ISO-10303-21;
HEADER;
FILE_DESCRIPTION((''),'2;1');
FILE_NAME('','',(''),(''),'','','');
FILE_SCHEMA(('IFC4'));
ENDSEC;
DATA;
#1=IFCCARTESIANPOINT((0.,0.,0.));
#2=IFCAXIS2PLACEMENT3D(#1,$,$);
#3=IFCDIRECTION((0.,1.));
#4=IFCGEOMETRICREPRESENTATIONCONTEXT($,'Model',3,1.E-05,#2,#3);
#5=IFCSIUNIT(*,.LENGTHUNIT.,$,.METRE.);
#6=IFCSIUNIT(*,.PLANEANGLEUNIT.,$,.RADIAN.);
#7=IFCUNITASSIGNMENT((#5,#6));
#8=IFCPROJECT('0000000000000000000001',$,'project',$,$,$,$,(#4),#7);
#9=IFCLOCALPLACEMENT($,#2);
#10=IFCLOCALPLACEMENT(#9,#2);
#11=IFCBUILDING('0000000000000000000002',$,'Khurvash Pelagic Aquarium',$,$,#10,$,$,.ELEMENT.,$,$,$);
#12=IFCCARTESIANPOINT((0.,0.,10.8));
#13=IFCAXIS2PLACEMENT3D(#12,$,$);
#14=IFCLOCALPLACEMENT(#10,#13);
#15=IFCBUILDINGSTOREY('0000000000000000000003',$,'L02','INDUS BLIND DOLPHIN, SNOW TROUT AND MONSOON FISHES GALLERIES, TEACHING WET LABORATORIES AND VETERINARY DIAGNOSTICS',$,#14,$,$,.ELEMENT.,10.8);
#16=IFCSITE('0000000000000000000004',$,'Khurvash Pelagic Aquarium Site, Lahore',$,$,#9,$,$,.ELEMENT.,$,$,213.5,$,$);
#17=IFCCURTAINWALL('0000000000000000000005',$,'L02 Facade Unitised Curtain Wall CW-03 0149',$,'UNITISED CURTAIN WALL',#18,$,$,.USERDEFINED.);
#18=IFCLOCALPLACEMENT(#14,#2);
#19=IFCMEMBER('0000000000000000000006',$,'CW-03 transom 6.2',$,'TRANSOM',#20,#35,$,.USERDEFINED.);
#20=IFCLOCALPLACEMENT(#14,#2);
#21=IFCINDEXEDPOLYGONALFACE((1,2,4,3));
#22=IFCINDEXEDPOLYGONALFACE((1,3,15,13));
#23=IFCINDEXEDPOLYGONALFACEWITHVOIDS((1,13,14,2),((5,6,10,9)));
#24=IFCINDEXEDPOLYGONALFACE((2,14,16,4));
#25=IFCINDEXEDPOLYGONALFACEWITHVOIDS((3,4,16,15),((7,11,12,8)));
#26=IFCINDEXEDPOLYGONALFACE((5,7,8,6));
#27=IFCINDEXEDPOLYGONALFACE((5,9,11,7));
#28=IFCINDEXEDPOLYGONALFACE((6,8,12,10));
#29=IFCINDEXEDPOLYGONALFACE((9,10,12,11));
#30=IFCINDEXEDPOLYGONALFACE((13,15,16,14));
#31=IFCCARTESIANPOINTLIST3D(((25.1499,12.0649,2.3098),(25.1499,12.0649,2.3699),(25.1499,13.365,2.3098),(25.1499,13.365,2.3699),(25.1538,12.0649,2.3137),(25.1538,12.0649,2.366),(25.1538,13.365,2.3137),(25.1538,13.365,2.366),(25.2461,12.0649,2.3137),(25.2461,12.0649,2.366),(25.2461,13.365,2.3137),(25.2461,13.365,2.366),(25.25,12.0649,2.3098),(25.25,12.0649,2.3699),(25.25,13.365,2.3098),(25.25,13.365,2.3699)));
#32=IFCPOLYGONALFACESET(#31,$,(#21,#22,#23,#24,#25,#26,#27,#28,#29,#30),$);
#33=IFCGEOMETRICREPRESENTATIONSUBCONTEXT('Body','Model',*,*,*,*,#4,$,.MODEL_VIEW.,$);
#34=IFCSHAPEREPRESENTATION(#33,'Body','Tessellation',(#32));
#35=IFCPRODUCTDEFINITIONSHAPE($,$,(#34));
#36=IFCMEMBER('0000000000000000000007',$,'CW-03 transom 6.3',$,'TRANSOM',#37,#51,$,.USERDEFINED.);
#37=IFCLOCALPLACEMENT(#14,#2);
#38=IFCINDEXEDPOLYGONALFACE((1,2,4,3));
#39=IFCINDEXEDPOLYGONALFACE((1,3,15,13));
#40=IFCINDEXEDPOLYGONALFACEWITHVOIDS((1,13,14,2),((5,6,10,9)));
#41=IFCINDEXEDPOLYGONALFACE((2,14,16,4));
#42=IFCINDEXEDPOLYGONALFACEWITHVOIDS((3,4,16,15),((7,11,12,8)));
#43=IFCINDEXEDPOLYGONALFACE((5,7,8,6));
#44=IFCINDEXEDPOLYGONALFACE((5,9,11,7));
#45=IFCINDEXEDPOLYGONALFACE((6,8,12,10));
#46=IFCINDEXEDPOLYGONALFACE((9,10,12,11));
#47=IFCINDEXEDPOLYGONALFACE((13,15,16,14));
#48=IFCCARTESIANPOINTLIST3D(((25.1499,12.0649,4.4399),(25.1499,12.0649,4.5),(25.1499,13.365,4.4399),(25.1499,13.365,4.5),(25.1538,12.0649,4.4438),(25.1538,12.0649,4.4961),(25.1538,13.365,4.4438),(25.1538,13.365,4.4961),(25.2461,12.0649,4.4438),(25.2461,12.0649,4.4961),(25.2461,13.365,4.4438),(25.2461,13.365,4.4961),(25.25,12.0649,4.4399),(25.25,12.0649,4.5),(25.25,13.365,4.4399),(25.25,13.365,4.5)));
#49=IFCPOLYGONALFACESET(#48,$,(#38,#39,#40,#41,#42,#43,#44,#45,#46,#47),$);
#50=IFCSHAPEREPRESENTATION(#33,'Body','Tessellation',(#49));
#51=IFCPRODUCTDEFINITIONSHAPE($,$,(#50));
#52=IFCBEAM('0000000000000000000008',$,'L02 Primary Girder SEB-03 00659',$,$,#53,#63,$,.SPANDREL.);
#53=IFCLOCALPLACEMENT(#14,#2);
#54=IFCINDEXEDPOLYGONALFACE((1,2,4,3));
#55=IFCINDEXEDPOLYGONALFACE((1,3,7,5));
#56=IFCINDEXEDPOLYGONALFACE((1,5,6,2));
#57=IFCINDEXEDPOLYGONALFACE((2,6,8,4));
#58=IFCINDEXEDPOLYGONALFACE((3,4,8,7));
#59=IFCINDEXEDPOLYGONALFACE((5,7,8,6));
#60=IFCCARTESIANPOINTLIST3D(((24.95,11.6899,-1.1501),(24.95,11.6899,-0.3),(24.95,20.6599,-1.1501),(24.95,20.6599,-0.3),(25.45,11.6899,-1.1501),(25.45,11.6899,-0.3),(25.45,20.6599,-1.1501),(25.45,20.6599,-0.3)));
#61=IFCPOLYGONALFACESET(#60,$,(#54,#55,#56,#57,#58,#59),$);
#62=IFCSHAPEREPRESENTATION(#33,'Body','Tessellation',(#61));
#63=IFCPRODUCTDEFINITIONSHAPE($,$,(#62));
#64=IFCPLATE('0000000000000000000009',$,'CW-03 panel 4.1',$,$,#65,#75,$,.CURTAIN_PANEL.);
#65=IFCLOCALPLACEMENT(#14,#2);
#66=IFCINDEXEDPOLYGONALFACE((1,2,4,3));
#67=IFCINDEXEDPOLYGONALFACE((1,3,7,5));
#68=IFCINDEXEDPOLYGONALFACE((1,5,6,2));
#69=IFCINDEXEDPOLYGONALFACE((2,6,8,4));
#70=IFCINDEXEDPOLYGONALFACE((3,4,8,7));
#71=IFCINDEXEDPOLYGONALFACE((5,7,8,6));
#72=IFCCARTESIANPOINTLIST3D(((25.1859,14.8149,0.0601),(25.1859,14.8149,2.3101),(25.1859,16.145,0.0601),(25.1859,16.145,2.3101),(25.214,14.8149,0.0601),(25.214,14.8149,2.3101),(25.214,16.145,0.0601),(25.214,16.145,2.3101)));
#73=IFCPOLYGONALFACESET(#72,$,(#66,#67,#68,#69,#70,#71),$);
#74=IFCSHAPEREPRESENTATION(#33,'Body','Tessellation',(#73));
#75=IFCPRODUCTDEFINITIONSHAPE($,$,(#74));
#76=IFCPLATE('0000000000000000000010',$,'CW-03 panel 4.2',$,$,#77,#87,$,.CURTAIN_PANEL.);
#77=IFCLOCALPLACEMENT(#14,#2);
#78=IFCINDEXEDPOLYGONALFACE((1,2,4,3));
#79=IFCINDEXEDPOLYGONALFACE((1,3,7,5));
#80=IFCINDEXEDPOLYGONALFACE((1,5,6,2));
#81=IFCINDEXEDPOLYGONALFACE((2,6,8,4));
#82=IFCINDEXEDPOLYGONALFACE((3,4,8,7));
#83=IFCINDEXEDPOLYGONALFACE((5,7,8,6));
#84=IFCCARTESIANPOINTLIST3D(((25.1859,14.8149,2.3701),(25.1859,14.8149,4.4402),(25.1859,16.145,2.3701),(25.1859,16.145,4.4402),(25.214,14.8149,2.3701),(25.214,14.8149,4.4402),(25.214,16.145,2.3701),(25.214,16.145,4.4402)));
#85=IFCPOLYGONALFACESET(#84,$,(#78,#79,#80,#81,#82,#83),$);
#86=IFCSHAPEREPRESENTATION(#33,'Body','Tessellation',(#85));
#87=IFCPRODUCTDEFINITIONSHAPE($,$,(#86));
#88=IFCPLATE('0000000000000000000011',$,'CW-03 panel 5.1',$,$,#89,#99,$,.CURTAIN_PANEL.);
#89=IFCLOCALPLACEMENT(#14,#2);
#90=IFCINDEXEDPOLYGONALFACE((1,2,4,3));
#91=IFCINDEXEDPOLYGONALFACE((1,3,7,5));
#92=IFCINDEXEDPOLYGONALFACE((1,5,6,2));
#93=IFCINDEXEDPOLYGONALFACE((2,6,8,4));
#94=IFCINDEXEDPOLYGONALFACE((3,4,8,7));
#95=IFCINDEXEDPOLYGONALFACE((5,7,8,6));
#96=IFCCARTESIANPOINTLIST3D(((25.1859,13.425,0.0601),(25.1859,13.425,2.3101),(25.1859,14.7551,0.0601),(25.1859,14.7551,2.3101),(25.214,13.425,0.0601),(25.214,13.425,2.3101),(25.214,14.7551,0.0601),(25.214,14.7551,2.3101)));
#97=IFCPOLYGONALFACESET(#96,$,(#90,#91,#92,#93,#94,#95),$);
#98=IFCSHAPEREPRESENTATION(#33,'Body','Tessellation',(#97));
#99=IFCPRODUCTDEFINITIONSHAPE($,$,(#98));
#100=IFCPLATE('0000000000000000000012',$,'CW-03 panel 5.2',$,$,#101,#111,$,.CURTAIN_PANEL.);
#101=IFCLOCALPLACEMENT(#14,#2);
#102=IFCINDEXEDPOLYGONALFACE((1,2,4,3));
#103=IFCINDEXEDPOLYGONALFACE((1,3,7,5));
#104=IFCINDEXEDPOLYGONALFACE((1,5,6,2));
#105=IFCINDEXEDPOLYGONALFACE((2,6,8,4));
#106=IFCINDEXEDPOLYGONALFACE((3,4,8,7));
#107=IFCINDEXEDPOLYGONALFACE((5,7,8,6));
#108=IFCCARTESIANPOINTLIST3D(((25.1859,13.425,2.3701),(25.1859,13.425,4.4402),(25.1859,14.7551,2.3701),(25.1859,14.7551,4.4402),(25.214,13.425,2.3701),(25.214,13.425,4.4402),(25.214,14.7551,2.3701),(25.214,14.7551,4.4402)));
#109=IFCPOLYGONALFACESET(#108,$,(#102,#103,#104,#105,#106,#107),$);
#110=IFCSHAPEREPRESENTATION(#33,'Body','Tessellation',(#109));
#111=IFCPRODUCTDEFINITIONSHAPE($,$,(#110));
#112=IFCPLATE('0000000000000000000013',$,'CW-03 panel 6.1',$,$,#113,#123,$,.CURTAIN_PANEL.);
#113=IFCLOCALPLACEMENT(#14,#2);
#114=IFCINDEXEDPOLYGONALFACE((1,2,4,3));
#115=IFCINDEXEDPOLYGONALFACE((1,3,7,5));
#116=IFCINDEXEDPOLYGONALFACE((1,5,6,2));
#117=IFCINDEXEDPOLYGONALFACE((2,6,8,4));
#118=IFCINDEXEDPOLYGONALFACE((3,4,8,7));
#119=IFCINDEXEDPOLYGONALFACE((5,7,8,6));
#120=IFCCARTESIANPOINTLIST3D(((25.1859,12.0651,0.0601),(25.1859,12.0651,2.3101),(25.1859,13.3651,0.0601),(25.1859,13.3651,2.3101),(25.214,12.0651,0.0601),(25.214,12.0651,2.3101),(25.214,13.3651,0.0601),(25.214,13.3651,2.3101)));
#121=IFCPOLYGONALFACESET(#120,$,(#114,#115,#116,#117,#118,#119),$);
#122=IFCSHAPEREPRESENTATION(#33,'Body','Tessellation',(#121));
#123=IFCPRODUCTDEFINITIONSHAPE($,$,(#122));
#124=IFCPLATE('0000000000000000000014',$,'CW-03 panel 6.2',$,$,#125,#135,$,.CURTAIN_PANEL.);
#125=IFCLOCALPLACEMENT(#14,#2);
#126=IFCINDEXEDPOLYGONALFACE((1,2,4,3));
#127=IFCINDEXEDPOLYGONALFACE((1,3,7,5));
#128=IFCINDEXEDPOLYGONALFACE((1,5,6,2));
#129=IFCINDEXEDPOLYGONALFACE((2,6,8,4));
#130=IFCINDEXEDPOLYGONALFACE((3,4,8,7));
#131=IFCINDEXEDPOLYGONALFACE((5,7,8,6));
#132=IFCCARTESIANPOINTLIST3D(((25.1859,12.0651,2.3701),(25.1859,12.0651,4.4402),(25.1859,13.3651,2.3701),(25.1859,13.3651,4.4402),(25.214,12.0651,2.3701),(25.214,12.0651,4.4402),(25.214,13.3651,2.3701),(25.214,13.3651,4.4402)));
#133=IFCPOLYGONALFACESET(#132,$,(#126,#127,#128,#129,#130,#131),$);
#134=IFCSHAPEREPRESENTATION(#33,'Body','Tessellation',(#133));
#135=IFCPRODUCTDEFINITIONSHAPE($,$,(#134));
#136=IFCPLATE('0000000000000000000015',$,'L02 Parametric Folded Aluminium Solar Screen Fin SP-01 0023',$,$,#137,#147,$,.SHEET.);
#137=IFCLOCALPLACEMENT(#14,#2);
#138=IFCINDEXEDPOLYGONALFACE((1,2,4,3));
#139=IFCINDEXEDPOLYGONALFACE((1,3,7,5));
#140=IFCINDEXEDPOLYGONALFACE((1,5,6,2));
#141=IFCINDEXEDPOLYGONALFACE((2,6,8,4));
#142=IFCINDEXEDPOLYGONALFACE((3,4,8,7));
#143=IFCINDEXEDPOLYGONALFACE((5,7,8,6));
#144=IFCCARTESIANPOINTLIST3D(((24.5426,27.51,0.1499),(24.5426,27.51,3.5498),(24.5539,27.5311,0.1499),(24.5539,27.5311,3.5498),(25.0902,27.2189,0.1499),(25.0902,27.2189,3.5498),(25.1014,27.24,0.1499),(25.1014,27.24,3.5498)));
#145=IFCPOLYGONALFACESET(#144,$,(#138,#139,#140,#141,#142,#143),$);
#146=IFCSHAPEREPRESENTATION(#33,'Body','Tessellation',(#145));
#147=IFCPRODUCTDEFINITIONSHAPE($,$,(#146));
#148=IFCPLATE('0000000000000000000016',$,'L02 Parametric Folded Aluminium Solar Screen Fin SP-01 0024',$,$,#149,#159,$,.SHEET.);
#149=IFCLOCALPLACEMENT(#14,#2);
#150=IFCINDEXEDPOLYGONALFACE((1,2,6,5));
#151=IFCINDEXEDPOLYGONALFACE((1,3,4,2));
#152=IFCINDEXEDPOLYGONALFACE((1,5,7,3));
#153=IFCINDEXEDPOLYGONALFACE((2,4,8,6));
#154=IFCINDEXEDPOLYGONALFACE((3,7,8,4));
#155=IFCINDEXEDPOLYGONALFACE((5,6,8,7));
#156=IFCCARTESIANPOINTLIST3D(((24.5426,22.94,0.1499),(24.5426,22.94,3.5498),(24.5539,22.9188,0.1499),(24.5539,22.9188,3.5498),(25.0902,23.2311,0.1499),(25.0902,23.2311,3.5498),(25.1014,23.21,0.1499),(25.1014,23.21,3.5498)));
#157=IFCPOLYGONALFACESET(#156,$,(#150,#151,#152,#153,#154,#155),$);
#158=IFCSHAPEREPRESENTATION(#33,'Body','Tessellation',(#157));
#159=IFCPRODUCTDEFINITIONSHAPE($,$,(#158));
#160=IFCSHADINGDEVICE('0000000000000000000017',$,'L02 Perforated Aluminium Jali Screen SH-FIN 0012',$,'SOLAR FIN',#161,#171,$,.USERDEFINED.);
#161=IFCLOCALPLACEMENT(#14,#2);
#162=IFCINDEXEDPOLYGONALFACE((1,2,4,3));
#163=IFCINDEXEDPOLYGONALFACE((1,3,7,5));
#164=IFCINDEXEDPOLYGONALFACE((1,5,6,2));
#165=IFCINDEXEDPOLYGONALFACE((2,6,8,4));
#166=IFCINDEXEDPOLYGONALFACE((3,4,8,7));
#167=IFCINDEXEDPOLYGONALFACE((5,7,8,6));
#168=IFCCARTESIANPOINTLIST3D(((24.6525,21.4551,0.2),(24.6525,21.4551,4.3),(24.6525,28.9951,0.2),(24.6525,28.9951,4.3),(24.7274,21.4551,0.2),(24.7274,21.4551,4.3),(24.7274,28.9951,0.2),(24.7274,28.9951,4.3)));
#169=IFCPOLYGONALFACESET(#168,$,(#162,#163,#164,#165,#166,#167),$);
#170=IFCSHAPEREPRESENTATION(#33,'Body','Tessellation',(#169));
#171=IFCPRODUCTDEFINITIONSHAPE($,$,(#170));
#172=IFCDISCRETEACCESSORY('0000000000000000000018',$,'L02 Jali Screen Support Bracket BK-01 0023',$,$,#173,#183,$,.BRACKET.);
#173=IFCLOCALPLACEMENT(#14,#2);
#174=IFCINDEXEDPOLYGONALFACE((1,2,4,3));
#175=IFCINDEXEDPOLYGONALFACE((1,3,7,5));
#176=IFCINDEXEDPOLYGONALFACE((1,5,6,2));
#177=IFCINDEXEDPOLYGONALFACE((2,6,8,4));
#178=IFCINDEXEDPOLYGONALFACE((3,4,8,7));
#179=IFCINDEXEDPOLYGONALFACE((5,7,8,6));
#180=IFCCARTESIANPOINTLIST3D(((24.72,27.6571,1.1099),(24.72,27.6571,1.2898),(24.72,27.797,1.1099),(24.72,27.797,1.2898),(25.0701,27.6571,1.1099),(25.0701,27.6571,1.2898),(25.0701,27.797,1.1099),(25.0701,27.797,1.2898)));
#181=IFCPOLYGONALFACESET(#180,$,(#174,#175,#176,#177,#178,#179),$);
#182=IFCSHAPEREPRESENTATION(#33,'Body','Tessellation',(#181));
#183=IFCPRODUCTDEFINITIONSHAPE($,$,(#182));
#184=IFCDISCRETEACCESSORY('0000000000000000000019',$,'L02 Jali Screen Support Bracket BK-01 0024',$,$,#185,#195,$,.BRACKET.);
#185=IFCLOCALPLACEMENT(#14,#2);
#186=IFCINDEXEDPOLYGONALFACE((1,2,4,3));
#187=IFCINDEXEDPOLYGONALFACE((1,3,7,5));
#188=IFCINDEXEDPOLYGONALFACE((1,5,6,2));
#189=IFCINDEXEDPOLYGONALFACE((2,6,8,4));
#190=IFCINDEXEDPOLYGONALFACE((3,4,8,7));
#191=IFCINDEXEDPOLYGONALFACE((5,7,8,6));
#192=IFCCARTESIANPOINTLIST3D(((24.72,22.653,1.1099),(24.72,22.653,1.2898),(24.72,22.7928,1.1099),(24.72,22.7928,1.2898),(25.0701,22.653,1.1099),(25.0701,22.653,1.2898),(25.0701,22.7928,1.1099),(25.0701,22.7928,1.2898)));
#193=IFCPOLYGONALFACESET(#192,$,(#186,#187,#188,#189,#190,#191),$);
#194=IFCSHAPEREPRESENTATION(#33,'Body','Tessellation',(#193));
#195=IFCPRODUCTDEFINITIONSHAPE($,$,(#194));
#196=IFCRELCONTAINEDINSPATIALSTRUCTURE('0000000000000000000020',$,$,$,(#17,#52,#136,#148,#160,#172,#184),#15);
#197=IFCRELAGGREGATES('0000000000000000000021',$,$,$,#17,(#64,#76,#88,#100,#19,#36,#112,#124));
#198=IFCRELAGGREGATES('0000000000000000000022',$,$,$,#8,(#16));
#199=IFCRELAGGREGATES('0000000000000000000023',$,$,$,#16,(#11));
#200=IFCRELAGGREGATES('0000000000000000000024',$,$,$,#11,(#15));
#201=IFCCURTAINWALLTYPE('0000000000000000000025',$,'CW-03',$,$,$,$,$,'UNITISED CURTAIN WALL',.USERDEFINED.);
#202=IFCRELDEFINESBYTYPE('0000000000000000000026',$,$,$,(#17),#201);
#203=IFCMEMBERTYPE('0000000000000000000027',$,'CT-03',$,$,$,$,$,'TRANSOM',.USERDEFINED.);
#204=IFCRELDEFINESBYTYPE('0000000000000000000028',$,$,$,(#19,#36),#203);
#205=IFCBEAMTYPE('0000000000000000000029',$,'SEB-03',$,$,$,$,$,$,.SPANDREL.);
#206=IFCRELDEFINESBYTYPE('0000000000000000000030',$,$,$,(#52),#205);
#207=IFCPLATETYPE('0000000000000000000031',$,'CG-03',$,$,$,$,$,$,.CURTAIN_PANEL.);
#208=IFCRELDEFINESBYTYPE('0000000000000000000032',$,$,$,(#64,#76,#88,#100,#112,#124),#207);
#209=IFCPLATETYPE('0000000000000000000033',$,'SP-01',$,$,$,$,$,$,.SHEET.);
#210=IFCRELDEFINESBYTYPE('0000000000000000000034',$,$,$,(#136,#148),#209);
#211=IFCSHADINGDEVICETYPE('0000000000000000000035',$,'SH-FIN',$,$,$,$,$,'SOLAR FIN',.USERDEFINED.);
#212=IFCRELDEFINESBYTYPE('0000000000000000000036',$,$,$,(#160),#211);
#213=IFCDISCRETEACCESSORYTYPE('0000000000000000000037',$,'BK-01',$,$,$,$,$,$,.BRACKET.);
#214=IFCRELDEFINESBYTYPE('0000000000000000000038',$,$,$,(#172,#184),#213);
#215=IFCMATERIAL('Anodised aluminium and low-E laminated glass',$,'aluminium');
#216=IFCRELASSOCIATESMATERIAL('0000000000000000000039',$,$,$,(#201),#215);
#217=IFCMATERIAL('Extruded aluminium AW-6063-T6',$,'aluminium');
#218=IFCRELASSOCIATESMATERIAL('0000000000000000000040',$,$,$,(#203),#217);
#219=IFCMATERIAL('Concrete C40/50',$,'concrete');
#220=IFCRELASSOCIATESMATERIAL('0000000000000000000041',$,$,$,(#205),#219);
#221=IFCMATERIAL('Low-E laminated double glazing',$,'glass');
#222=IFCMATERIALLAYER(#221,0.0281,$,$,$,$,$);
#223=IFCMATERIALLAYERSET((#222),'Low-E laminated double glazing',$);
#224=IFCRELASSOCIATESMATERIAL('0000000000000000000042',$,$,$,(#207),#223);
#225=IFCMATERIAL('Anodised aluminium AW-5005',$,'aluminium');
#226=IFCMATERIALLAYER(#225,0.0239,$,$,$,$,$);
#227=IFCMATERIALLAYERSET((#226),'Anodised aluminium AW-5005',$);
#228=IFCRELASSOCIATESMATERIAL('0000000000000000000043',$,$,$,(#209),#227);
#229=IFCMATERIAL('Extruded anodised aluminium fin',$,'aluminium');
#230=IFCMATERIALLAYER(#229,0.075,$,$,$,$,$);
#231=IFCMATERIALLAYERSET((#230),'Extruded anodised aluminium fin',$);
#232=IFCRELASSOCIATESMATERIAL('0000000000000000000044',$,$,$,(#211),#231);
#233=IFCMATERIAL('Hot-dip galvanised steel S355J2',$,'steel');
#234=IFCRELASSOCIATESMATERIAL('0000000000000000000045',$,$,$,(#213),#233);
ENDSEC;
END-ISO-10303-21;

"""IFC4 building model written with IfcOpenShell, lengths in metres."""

from ifc_helpers import new_model, si_unit, direction, frame, origin, origin_2d, place, context, subcontext, project, spatial, rectangle, hollow_rectangle, extrude, material, layer, layer_set, material_profile, profile_set, type_object, element, aggregate, save


model = new_model("IFC4")

# Units and contexts
model_context = context("Model", 3, precision=1e-05, world=origin(), true_north=direction((0.0, 1.0)))
body_context = subcontext(model_context, "Body", "Model", "MODEL_VIEW")
ifc_project = project(units=[si_unit("LENGTHUNIT", "METRE"), si_unit("PLANEANGLEUNIT", "RADIAN")], contexts=[model_context])

# Site, building, storey
site_placement = place(None, origin())
site = spatial("IfcSite", under=ifc_project, at=site_placement, Name="Khurvash Pelagic Aquarium Site, Lahore", CompositionType="ELEMENT", RefElevation=213.5)
building_placement = place(site_placement, origin())
building = spatial("IfcBuilding", under=site, at=building_placement, Name="Khurvash Pelagic Aquarium", CompositionType="ELEMENT")
storey_placement = place(building_placement, frame((0.0, 0.0, 10.8)))
storey = spatial("IfcBuildingStorey", under=building, at=storey_placement, Name="L02", Description="INDUS BLIND DOLPHIN, SNOW TROUT AND MONSOON FISHES GALLERIES, TEACHING WET LABORATORIES AND VETERINARY DIAGNOSTICS", CompositionType="ELEMENT", Elevation=10.8)

# Shared definitions
ifc_material_1 = material(Name="Concrete C40/50", Category="concrete")

# Curtain wall, members
ifc_material_2 = material(Name="Anodised aluminium and low-E laminated glass", Category="aluminium")
curtain_wall_type = type_object("IfcCurtainWallType", Name="CW-03", ElementType="UNITISED CURTAIN WALL", PredefinedType="USERDEFINED", material=ifc_material_2)
curtain_wall_placement = place(storey_placement, origin())
curtain_wall = element("IfcCurtainWall", 1, at=curtain_wall_placement, inside=storey, type_object=curtain_wall_type, Name="L02 Facade Unitised Curtain Wall CW-03 0149", ObjectType="UNITISED CURTAIN WALL", PredefinedType="USERDEFINED")
ifc_material_3 = material(Name="Extruded aluminium AW-6063-T6", Category="aluminium")
ifc_material_profile_1 = material_profile(ifc_material_3, hollow_rectangle(XDim=0.1001, YDim=0.0601, WallThickness=0.0039, at=origin_2d()), Name="CWT100X60X4")
ifc_profile_set_1 = profile_set([ifc_material_profile_1], Name="Extruded aluminium AW-6063-T6")
member_type_1 = type_object("IfcMemberType", Name="CT-03", ElementType="TRANSOM", PredefinedType="USERDEFINED", material=ifc_profile_set_1)
member_1_placement = place(storey_placement, frame((25.2, 13.365, 2.3398), z_axis=(0.0, -1.0, 0.0), x_axis=(1.0, 0.0, 0.0)))
member_1 = element("IfcMember", 2, at=member_1_placement, type_object=member_type_1, Name="CW-03 transom 6.2", ObjectType="TRANSOM", PredefinedType="USERDEFINED", context=body_context, shape_type="SweptSolid", body=[
    extrude(hollow_rectangle(XDim=0.1001, YDim=0.0601, WallThickness=0.0039, at=origin_2d()), origin(), (0.0, 0.0, 1.0), 1.3),
])
member_2_placement = place(storey_placement, frame((25.2, 13.365, 4.47), z_axis=(0.0, -1.0, 0.0), x_axis=(1.0, 0.0, 0.0)))
member_2 = element("IfcMember", 3, at=member_2_placement, type_object=member_type_1, Name="CW-03 transom 6.3", ObjectType="TRANSOM", PredefinedType="USERDEFINED", context=body_context, shape_type="SweptSolid", body=[
    extrude(hollow_rectangle(XDim=0.1001, YDim=0.0601, WallThickness=0.0039, at=origin_2d()), origin(), (0.0, 0.0, 1.0), 1.3),
])

# Beam
ifc_material_profile_2 = material_profile(ifc_material_1, rectangle(XDim=0.5, YDim=0.8501, at=origin_2d()), Name="RC500X850")
ifc_profile_set_2 = profile_set([ifc_material_profile_2], Name="Concrete C40/50")
beam_type = type_object("IfcBeamType", Name="SEB-03", PredefinedType="SPANDREL", material=ifc_profile_set_2)
beam_placement = place(storey_placement, frame((25.2, 11.6899, -0.7251), z_axis=(0.0, 1.0, 0.0), x_axis=(-1.0, 0.0, 0.0)))
element("IfcBeam", 4, at=beam_placement, inside=storey, type_object=beam_type, Name="L02 Primary Girder SEB-03 00659", PredefinedType="SPANDREL", context=body_context, shape_type="SweptSolid", body=[
    extrude(rectangle(XDim=0.5, YDim=0.8501, at=origin_2d()), origin(), (0.0, 0.0, 1.0), 8.97),
])

# Plates
ifc_material_4 = material(Name="Low-E laminated double glazing", Category="glass")
ifc_layer_1 = layer(ifc_material_4, 0.0281)
ifc_layer_set_1 = layer_set([ifc_layer_1], Name="Low-E laminated double glazing")
plate_type_1 = type_object("IfcPlateType", Name="CG-03", PredefinedType="CURTAIN_PANEL", material=ifc_layer_set_1)
plate_1_placement = place(storey_placement, frame((25.2, 15.48, 0.0601), z_axis=(0.0, 0.0, 1.0), x_axis=(0.0, -1.0, 0.0)))
plate_1 = element("IfcPlate", 5, at=plate_1_placement, type_object=plate_type_1, Name="CW-03 panel 4.1", PredefinedType="CURTAIN_PANEL", context=body_context, shape_type="SweptSolid", body=[
    extrude(rectangle(XDim=1.3301, YDim=0.0281, at=origin_2d()), origin(), (0.0, 0.0, 1.0), 2.25),
])
plate_2_placement = place(storey_placement, frame((25.2, 15.48, 2.3701), z_axis=(0.0, 0.0, 1.0), x_axis=(0.0, -1.0, 0.0)))
plate_2 = element("IfcPlate", 6, at=plate_2_placement, type_object=plate_type_1, Name="CW-03 panel 4.2", PredefinedType="CURTAIN_PANEL", context=body_context, shape_type="SweptSolid", body=[
    extrude(rectangle(XDim=1.3301, YDim=0.0281, at=origin_2d()), origin(), (0.0, 0.0, 1.0), 2.0701),
])
plate_3_placement = place(storey_placement, frame((25.2, 14.0901, 0.0601), z_axis=(0.0, 0.0, 1.0), x_axis=(0.0, -1.0, 0.0)))
plate_3 = element("IfcPlate", 7, at=plate_3_placement, type_object=plate_type_1, Name="CW-03 panel 5.1", PredefinedType="CURTAIN_PANEL", context=body_context, shape_type="SweptSolid", body=[
    extrude(rectangle(XDim=1.3301, YDim=0.0281, at=origin_2d()), origin(), (0.0, 0.0, 1.0), 2.25),
])
plate_4_placement = place(storey_placement, frame((25.2, 14.0901, 2.3701), z_axis=(0.0, 0.0, 1.0), x_axis=(0.0, -1.0, 0.0)))
plate_4 = element("IfcPlate", 8, at=plate_4_placement, type_object=plate_type_1, Name="CW-03 panel 5.2", PredefinedType="CURTAIN_PANEL", context=body_context, shape_type="SweptSolid", body=[
    extrude(rectangle(XDim=1.3301, YDim=0.0281, at=origin_2d()), origin(), (0.0, 0.0, 1.0), 2.0701),
])
plate_5_placement = place(storey_placement, frame((25.2, 12.7151, 0.0601), z_axis=(0.0, 0.0, 1.0), x_axis=(0.0, -1.0, 0.0)))
plate_5 = element("IfcPlate", 9, at=plate_5_placement, type_object=plate_type_1, Name="CW-03 panel 6.1", PredefinedType="CURTAIN_PANEL", context=body_context, shape_type="SweptSolid", body=[
    extrude(rectangle(XDim=1.3, YDim=0.0281, at=origin_2d()), origin(), (0.0, 0.0, 1.0), 2.25),
])
plate_6_placement = place(storey_placement, frame((25.2, 12.7151, 2.3701), z_axis=(0.0, 0.0, 1.0), x_axis=(0.0, -1.0, 0.0)))
plate_6 = element("IfcPlate", 10, at=plate_6_placement, type_object=plate_type_1, Name="CW-03 panel 6.2", PredefinedType="CURTAIN_PANEL", context=body_context, shape_type="SweptSolid", body=[
    extrude(rectangle(XDim=1.3, YDim=0.0281, at=origin_2d()), origin(), (0.0, 0.0, 1.0), 2.0701),
])
aggregate(curtain_wall, [plate_1, plate_2, plate_3, plate_4, member_1, member_2, plate_5, plate_6])

# Plates
ifc_material_5 = material(Name="Anodised aluminium AW-5005", Category="aluminium")
ifc_layer_2 = layer(ifc_material_5, 0.0239)
ifc_layer_set_2 = layer_set([ifc_layer_2], Name="Anodised aluminium AW-5005")
plate_type_2 = type_object("IfcPlateType", Name="SP-01", PredefinedType="SHEET", material=ifc_layer_set_2)
for number, where, z_axis, x_axis, name in (
    (11, (24.822, 27.375, 0.1499), (0.0, 0.0, 1.0), (-0.882948, 0.469472, 0.0), "L02 Parametric Folded Aluminium Solar Screen Fin SP-01 0023"),
    (12, (24.822, 23.075, 0.1499), (0.0, 0.0, 1.0), (-0.882948, -0.469472, 0.0), "L02 Parametric Folded Aluminium Solar Screen Fin SP-01 0024"),
):
    element("IfcPlate", number, at=place(storey_placement, frame(where, z_axis=z_axis, x_axis=x_axis)), inside=storey, type_object=plate_type_2, Name=name, PredefinedType="SHEET", context=body_context, shape_type="SweptSolid", body=[
        extrude(rectangle(XDim=0.6201, YDim=0.0239, at=origin_2d()), origin(), (0.0, 0.0, 1.0), 3.3999),
    ])

# Shading device
ifc_material_6 = material(Name="Extruded anodised aluminium fin", Category="aluminium")
ifc_layer_3 = layer(ifc_material_6, 0.075)
ifc_layer_set_3 = layer_set([ifc_layer_3], Name="Extruded anodised aluminium fin")
shading_device_type = type_object("IfcShadingDeviceType", Name="SH-FIN", ElementType="SOLAR FIN", PredefinedType="USERDEFINED", material=ifc_layer_set_3)
shading_device_placement = place(storey_placement, frame((24.6899, 25.2251, 0.2), z_axis=(0.0, 0.0, 1.0), x_axis=(0.0, -1.0, 0.0)))
element("IfcShadingDevice", 13, at=shading_device_placement, inside=storey, type_object=shading_device_type, Name="L02 Perforated Aluminium Jali Screen SH-FIN 0012", ObjectType="SOLAR FIN", PredefinedType="USERDEFINED", context=body_context, shape_type="SweptSolid", body=[
    extrude(rectangle(XDim=7.54, YDim=0.075, at=origin_2d()), origin(), (0.0, 0.0, 1.0), 4.1001),
])

# Discrete accessories
ifc_material_7 = material(Name="Hot-dip galvanised steel S355J2", Category="steel")
discrete_accessory_type = type_object("IfcDiscreteAccessoryType", Name="BK-01", PredefinedType="BRACKET", material=ifc_material_7)
for number, where, z_axis, x_axis, name in (
    (14, (24.895, 27.7271, 1.1099), (0.0, 0.0, 1.0), (0.0, -1.0, 0.0), "L02 Jali Screen Support Bracket BK-01 0023"),
    (15, (24.895, 22.7229, 1.1099), (0.0, 0.0, 1.0), (0.0, -1.0, 0.0), "L02 Jali Screen Support Bracket BK-01 0024"),
):
    element("IfcDiscreteAccessory", number, at=place(storey_placement, frame(where, z_axis=z_axis, x_axis=x_axis)), inside=storey, type_object=discrete_accessory_type, Name=name, PredefinedType="BRACKET", context=body_context, shape_type="SweptSolid", body=[
        extrude(rectangle(XDim=0.1399, YDim=0.3501, at=origin_2d()), origin(), (0.0, 0.0, 1.0), 0.1799),
    ])

save(model, "model.ifc")
